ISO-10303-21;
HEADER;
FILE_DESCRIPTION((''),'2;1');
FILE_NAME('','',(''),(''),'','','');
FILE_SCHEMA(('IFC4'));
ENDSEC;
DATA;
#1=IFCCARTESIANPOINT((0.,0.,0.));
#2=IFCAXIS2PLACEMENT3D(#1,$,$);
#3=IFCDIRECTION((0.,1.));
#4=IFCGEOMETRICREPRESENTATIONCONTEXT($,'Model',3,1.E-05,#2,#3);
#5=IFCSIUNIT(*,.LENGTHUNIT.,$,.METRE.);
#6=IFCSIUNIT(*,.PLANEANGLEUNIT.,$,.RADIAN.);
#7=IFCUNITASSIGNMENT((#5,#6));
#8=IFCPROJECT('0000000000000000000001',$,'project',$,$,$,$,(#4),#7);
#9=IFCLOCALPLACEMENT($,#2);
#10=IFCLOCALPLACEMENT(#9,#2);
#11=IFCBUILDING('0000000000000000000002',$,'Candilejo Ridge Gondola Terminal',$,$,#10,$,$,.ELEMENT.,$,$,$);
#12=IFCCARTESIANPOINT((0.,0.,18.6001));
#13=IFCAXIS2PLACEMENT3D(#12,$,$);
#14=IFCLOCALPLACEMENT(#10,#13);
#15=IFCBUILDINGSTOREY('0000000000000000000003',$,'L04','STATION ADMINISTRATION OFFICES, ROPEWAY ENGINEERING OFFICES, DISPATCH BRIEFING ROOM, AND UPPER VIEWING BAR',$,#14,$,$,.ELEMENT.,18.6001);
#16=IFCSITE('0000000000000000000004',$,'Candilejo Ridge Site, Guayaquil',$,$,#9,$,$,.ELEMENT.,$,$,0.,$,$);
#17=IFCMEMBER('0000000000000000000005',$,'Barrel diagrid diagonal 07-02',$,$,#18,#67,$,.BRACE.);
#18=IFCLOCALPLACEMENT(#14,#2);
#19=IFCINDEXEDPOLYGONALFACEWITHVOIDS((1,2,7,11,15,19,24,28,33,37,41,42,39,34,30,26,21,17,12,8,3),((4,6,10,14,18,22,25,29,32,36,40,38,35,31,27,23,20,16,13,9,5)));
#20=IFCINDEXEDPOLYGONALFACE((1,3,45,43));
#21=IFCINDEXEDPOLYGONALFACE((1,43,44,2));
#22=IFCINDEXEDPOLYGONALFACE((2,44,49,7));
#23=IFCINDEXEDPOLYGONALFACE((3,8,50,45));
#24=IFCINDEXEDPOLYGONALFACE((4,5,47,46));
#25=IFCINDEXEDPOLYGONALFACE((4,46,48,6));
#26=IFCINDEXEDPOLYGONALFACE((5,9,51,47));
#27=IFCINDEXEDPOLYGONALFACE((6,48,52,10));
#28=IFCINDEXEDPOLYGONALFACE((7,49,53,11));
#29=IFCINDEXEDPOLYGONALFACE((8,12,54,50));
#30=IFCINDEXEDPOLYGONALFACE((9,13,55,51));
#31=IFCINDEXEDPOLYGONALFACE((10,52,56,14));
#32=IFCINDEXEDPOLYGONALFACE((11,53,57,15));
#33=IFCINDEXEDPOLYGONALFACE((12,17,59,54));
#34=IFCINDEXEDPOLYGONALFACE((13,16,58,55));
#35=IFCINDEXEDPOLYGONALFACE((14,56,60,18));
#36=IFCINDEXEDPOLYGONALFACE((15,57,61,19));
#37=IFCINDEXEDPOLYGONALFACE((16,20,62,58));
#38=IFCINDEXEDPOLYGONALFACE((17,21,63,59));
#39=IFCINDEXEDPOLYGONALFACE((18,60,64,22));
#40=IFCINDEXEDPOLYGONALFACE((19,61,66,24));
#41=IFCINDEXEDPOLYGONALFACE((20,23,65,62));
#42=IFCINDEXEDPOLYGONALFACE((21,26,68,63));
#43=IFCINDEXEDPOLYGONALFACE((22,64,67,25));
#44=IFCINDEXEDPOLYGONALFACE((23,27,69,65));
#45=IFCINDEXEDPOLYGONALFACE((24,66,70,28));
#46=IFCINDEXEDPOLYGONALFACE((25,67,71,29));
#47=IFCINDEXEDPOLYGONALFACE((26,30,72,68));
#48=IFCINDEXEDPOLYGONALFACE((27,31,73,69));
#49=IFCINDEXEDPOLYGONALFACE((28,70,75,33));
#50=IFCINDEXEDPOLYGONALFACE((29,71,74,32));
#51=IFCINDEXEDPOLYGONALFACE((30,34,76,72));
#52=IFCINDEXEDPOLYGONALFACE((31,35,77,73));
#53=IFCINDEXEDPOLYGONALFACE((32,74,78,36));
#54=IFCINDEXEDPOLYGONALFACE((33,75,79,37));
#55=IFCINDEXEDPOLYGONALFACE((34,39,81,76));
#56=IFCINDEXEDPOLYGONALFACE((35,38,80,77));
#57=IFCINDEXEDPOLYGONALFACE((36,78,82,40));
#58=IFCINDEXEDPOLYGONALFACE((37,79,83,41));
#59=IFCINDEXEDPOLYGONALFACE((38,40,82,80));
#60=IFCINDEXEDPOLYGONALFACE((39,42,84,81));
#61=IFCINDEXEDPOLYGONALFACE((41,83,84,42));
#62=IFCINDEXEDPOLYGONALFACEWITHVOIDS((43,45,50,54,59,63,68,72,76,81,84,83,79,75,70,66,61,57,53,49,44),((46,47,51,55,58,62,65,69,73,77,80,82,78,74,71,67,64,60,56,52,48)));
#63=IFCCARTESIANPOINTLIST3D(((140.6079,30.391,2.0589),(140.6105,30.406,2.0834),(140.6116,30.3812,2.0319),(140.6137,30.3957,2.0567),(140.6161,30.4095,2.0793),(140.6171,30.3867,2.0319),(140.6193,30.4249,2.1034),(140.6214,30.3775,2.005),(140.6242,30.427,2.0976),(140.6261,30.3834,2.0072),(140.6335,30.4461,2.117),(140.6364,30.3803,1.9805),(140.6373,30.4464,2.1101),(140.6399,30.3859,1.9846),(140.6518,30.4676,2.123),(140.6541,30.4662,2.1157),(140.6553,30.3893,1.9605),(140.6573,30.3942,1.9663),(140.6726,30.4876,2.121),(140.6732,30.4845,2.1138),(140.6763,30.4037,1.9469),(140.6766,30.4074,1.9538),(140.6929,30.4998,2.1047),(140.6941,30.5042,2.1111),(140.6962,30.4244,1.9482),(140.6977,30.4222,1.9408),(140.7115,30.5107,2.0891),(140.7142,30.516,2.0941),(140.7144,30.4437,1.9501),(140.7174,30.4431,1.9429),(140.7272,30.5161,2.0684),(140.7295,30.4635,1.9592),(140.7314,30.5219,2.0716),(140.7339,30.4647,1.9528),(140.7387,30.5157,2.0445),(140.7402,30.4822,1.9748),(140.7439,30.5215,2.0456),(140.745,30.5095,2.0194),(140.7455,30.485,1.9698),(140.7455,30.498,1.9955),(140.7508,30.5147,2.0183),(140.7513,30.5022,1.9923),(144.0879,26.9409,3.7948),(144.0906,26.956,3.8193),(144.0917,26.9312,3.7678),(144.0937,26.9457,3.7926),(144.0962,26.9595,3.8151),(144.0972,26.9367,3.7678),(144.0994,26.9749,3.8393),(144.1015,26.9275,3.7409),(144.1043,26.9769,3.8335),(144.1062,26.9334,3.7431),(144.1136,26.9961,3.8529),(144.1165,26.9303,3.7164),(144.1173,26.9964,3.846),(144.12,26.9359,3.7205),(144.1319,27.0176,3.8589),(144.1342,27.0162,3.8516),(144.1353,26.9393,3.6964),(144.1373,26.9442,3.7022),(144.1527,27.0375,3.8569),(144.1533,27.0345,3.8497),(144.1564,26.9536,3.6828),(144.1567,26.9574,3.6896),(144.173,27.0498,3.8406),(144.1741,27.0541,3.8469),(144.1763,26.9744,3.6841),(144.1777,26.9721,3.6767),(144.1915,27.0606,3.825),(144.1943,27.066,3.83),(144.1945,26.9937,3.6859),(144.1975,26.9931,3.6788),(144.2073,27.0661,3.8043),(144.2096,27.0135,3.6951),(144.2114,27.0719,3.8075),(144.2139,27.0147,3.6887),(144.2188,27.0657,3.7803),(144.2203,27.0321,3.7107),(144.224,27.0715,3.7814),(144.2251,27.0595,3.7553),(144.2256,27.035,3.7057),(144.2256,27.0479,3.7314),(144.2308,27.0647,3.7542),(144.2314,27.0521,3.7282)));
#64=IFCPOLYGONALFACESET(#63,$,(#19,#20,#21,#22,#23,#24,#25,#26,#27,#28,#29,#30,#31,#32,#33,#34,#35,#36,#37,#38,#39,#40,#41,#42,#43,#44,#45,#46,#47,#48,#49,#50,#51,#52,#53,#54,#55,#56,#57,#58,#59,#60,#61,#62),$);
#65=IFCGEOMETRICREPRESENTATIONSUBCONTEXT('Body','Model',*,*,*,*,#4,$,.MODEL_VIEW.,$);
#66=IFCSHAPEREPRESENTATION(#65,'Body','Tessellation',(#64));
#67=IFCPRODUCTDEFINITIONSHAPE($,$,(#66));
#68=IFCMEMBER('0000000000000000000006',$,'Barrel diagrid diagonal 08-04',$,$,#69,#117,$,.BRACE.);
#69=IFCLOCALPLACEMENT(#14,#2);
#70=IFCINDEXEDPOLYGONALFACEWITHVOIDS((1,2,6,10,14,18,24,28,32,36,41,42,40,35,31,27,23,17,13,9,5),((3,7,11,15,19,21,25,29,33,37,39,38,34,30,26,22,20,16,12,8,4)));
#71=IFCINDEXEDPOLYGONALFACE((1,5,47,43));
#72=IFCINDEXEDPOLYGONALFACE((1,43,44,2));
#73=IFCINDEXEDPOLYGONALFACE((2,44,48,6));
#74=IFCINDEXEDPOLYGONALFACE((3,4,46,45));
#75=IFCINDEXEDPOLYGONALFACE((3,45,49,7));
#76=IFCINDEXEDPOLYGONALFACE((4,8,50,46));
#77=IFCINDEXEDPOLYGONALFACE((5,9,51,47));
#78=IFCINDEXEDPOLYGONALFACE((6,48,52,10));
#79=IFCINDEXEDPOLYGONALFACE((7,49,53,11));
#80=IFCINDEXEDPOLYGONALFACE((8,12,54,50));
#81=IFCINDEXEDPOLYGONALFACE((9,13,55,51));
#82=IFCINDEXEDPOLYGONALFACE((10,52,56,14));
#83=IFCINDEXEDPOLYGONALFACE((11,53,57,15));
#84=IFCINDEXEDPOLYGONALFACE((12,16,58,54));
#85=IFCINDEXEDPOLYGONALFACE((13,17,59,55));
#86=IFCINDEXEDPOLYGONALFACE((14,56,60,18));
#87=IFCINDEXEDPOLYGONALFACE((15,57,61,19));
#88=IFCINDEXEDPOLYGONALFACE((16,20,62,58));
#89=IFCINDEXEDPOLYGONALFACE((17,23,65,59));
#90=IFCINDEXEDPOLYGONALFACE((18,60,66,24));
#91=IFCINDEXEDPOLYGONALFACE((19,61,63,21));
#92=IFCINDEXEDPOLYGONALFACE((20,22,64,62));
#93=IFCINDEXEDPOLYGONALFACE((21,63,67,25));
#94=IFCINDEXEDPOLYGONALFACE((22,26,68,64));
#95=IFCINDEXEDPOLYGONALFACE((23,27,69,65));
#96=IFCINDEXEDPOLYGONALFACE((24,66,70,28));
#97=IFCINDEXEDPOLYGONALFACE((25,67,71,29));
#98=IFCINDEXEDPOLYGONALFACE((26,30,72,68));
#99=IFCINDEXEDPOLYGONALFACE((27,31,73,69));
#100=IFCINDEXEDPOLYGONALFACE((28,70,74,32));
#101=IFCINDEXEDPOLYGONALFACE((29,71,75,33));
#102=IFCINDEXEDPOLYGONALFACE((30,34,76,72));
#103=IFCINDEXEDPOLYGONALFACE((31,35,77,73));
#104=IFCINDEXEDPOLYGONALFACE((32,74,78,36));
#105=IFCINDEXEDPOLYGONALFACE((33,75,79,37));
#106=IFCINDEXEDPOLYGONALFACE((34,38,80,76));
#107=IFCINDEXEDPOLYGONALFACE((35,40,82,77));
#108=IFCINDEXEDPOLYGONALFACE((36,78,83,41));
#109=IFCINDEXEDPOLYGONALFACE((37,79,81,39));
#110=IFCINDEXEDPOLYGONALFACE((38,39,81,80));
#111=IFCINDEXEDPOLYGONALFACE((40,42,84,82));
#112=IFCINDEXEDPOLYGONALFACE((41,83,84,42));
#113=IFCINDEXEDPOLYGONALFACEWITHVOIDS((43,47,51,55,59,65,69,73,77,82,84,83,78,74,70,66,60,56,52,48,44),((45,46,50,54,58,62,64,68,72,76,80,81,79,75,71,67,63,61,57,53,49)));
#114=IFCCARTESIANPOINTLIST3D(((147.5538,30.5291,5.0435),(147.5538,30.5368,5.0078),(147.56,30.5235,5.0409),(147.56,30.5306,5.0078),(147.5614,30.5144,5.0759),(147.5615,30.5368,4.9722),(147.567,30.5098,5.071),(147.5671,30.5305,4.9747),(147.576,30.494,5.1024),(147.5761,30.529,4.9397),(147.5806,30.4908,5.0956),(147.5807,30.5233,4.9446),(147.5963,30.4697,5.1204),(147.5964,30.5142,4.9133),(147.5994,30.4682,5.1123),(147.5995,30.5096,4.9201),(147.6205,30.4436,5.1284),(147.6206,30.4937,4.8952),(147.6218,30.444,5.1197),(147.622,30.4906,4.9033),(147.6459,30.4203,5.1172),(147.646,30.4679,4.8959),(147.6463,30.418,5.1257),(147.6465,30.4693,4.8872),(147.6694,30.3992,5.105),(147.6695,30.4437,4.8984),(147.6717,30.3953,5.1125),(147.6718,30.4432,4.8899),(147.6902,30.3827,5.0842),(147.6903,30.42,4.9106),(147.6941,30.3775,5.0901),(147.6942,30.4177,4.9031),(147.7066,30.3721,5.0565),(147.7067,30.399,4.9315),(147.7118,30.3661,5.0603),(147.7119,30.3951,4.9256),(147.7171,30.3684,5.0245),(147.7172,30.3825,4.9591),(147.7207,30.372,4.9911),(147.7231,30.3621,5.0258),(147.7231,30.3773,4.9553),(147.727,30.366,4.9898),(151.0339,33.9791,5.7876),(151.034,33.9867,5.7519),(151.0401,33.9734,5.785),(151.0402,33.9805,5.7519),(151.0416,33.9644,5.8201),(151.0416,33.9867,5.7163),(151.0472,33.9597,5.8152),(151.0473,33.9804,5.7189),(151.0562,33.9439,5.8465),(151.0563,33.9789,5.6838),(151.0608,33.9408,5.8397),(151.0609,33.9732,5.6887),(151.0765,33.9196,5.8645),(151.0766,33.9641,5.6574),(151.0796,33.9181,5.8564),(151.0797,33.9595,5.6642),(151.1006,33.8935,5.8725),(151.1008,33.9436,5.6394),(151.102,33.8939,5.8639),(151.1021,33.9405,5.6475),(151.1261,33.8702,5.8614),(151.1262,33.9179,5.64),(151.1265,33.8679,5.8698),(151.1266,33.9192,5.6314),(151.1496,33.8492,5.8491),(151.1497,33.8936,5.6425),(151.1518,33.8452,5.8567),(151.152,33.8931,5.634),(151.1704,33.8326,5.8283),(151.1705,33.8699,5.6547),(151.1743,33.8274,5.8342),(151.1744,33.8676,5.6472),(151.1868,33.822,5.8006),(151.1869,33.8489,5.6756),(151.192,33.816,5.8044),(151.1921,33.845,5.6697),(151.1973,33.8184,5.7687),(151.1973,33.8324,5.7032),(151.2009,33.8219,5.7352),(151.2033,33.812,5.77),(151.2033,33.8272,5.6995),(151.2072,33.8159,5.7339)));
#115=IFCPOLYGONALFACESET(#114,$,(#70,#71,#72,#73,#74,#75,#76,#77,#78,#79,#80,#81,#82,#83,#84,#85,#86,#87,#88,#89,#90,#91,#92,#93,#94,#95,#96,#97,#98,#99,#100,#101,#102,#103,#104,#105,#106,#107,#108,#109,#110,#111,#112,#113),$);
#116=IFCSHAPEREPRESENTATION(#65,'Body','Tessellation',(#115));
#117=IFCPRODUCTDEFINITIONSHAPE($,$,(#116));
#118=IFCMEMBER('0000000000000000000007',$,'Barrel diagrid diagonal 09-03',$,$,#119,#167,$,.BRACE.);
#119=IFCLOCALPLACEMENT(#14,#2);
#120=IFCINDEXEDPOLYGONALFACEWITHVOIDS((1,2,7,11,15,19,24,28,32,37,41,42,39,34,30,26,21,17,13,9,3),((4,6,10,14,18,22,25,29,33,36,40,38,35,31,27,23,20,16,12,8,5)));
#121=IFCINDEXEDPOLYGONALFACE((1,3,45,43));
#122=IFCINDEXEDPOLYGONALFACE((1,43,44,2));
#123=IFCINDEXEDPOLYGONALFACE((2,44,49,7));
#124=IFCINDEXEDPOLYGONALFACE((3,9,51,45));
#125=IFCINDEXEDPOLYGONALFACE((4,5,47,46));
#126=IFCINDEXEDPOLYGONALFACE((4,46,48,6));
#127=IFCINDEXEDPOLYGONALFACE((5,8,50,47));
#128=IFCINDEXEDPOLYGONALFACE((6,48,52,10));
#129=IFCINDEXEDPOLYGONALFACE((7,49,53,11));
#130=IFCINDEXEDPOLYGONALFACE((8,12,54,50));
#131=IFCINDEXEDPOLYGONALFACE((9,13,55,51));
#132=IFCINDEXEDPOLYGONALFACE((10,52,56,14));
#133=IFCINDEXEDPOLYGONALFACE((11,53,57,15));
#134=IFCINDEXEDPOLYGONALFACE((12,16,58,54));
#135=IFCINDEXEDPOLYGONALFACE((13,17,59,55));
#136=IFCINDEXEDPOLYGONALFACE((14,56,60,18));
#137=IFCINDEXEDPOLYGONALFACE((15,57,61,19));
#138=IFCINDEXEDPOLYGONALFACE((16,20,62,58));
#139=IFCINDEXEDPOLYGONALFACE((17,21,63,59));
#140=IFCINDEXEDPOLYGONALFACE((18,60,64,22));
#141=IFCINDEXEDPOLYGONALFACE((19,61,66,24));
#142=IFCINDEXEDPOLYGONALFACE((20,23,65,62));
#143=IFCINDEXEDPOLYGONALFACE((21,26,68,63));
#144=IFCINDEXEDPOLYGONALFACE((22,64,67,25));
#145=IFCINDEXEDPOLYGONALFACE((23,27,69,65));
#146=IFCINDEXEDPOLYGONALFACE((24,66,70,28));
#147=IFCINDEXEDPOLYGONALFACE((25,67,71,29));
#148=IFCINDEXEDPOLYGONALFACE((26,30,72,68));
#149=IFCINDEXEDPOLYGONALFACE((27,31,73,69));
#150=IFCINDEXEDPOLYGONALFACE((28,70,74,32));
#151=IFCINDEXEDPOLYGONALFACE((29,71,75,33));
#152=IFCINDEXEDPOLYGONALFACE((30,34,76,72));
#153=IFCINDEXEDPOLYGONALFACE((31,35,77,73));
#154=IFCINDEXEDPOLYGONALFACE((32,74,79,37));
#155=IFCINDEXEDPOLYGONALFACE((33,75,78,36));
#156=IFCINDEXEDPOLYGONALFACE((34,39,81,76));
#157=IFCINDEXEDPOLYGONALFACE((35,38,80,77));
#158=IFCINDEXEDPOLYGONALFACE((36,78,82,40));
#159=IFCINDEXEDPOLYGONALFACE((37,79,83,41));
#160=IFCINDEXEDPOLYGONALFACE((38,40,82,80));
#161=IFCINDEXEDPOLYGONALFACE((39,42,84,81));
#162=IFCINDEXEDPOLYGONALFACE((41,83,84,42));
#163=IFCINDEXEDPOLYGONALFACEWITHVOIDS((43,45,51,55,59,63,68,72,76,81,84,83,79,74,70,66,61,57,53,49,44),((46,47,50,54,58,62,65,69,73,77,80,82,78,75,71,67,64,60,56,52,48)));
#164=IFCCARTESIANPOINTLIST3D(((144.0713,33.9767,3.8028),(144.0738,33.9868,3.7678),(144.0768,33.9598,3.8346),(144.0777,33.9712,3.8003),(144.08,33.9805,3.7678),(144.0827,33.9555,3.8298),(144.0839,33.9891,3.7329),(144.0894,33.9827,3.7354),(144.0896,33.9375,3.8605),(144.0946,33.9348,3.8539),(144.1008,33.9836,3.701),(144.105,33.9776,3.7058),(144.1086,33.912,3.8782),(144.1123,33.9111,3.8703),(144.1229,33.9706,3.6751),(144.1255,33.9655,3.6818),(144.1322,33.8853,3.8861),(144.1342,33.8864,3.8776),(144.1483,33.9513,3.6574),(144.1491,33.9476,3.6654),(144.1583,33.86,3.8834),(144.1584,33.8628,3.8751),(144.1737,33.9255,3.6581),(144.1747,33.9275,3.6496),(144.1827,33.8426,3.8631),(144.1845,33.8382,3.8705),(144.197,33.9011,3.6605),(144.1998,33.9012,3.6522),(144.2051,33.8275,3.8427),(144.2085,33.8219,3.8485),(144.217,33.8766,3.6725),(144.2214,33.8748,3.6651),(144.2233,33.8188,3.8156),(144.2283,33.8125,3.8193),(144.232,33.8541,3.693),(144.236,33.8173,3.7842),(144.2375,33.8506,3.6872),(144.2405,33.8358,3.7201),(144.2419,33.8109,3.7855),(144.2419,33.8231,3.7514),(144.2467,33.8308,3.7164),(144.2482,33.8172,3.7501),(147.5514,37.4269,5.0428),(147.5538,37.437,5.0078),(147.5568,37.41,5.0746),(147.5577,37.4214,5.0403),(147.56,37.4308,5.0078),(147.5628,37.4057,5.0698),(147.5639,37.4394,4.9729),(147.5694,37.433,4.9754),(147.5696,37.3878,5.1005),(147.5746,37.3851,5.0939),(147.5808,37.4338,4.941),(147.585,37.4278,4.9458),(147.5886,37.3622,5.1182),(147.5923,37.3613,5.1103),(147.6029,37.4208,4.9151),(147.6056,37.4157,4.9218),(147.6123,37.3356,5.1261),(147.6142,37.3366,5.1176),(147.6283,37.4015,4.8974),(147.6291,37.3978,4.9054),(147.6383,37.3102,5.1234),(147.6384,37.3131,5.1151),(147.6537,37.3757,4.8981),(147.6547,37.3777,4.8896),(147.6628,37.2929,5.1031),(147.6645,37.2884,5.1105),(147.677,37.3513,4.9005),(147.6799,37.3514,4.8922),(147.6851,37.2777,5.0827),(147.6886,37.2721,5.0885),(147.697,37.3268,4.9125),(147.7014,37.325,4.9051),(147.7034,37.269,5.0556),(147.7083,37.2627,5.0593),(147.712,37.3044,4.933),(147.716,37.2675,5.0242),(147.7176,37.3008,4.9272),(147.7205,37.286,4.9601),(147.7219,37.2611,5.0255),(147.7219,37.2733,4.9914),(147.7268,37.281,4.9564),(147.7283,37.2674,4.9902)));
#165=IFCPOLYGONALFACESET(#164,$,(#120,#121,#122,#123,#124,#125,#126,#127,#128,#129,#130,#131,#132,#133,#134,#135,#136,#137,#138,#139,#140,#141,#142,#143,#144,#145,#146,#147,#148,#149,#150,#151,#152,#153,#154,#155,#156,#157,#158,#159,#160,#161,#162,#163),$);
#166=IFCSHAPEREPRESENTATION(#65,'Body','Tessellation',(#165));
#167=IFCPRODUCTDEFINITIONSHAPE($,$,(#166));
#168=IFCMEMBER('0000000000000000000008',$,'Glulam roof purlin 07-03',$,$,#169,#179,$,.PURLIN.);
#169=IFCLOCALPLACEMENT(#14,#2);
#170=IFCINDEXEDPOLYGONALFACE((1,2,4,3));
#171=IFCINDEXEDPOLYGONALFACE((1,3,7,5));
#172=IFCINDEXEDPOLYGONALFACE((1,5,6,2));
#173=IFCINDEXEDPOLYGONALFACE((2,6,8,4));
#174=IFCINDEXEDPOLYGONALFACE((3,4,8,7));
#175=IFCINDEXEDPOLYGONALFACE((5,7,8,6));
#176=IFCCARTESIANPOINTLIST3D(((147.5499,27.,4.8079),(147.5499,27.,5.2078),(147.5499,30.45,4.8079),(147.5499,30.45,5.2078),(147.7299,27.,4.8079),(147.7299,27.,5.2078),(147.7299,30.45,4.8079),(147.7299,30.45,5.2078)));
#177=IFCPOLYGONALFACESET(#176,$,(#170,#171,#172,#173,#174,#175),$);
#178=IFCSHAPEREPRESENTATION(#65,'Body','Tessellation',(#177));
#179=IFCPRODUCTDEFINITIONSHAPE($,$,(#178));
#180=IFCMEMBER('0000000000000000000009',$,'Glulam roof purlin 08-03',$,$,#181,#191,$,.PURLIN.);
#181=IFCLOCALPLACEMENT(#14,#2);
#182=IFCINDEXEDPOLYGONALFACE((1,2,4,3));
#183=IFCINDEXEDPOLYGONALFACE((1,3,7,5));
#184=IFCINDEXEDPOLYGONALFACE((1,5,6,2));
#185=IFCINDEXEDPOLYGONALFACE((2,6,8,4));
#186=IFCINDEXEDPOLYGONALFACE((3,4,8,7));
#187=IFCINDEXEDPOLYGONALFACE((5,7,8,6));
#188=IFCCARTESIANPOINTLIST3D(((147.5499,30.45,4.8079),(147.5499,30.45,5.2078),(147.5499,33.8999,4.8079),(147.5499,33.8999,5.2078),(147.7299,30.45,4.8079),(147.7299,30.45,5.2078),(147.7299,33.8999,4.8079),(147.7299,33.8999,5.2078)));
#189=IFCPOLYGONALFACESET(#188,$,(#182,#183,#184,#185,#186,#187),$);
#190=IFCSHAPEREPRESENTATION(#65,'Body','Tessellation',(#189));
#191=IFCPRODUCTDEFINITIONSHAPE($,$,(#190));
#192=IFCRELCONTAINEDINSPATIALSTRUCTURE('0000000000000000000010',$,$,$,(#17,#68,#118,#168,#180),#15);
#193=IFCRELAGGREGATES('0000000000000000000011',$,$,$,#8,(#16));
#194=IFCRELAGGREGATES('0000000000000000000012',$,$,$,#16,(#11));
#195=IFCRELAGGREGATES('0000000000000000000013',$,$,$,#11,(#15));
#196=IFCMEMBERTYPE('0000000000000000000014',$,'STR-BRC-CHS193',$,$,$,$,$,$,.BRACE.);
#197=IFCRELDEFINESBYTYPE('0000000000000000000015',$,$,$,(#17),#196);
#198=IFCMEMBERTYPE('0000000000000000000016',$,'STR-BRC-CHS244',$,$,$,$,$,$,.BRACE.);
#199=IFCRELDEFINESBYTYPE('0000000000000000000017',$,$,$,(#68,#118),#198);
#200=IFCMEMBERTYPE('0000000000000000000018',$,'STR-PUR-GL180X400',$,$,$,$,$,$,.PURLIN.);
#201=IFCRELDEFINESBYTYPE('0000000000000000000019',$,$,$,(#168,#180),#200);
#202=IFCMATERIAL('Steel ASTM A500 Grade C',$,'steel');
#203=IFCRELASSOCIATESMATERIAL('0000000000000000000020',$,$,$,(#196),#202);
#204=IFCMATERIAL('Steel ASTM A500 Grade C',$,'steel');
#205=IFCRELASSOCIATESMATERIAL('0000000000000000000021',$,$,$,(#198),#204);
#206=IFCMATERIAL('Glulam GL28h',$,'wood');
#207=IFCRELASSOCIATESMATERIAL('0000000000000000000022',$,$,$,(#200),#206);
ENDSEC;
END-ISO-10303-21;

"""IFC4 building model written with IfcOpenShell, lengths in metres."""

from ifc_helpers import new_model, si_unit, direction, frame, origin, origin_2d, place, context, subcontext, project, spatial, rectangle, hollow_circle, extrude, material, material_profile, profile_set, type_object, element, save


model = new_model("IFC4")

# Units and contexts
model_context = context("Model", 3, precision=1e-05, world=origin(), true_north=direction((0.0, 1.0)))
body_context = subcontext(model_context, "Body", "Model", "MODEL_VIEW")
ifc_project = project(units=[si_unit("LENGTHUNIT", "METRE"), si_unit("PLANEANGLEUNIT", "RADIAN")], contexts=[model_context])

# Site, building, storey
site_placement = place(None, origin())
site = spatial("IfcSite", under=ifc_project, at=site_placement, Name="Candilejo Ridge Site, Guayaquil", CompositionType="ELEMENT", RefElevation=0.0)
building_placement = place(site_placement, origin())
building = spatial("IfcBuilding", under=site, at=building_placement, Name="Candilejo Ridge Gondola Terminal", CompositionType="ELEMENT")
storey_placement = place(building_placement, frame((0.0, 0.0, 18.6001)))
storey = spatial("IfcBuildingStorey", under=building, at=storey_placement, Name="L04", Description="STATION ADMINISTRATION OFFICES, ROPEWAY ENGINEERING OFFICES, DISPATCH BRIEFING ROOM, AND UPPER VIEWING BAR", CompositionType="ELEMENT", Elevation=18.6001)

# Members
ifc_material_1 = material(Name="Steel ASTM A500 Grade C", Category="steel")
ifc_material_profile_1 = material_profile(ifc_material_1, hollow_circle(Radius=0.0969, WallThickness=0.0078, at=origin_2d()))
ifc_profile_set_1 = profile_set([ifc_material_profile_1], Name="Steel ASTM A500 Grade C")
member_type_1 = type_object("IfcMemberType", Name="STR-BRC-CHS193", PredefinedType="BRACE", material=ifc_profile_set_1)
member_1_placement = place(storey_placement, frame((144.1599, 27.0, 3.7678), z_axis=(-0.669406, 0.663629, -0.333904), x_axis=(-0.704036, -0.710164, 0.0)))
element("IfcMember", 1, at=member_1_placement, inside=storey, type_object=member_type_1, Name="Barrel diagrid diagonal 07-02", PredefinedType="BRACE", context=body_context, shape_type="SweptSolid", body=[
    extrude(hollow_circle(Radius=0.0969, WallThickness=0.0078, at=origin_2d()), origin(), (0.0, 0.0, 1.0), 5.1987),
])
ifc_material_2 = material(Name="Steel ASTM A500 Grade C", Category="steel")
ifc_material_profile_2 = material_profile(ifc_material_2, hollow_circle(Radius=0.1223, WallThickness=0.0088, at=origin_2d()))
ifc_profile_set_2 = profile_set([ifc_material_profile_2], Name="Steel ASTM A500 Grade C")
member_type_2 = type_object("IfcMemberType", Name="STR-BRC-CHS244", PredefinedType="BRACE", material=ifc_profile_set_2)
member_2_placement = place(storey_placement, frame((147.6399, 30.45, 5.0078), z_axis=(0.70214, 0.696032, 0.150131), x_axis=(-0.704011, 0.710189, 0.0)))
element("IfcMember", 2, at=member_2_placement, inside=storey, type_object=member_type_2, Name="Barrel diagrid diagonal 08-04", PredefinedType="BRACE", context=body_context, shape_type="SweptSolid", body=[
    extrude(hollow_circle(Radius=0.1223, WallThickness=0.0088, at=origin_2d()), origin(), (0.0, 0.0, 1.0), 4.9565),
])
member_3_placement = place(storey_placement, frame((144.1599, 33.8999, 3.7678), z_axis=(0.688441, 0.682549, 0.245306), x_axis=(-0.704061, 0.710139, 0.0)))
element("IfcMember", 3, at=member_3_placement, inside=storey, type_object=member_type_2, Name="Barrel diagrid diagonal 09-03", PredefinedType="BRACE", context=body_context, shape_type="SweptSolid", body=[
    extrude(hollow_circle(Radius=0.1223, WallThickness=0.0088, at=origin_2d()), origin(), (0.0, 0.0, 1.0), 5.0549),
])
ifc_material_3 = material(Name="Glulam GL28h", Category="wood")
ifc_material_profile_3 = material_profile(ifc_material_3, rectangle(XDim=0.1799, YDim=0.3999, at=origin_2d()))
ifc_profile_set_3 = profile_set([ifc_material_profile_3], Name="Glulam GL28h")
member_type_3 = type_object("IfcMemberType", Name="STR-PUR-GL180X400", PredefinedType="PURLIN", material=ifc_profile_set_3)
for number, where, z_axis, x_axis, name in (
    (4, (147.6399, 27.0, 5.0078), (0.0, 1.0, 0.0), (-1.0, 0.0, 0.0), "Glulam roof purlin 07-03"),
    (5, (147.6399, 30.45, 5.0078), (0.0, 1.0, 0.0), (-1.0, 0.0, 0.0), "Glulam roof purlin 08-03"),
):
    element("IfcMember", number, at=place(storey_placement, frame(where, z_axis=z_axis, x_axis=x_axis)), inside=storey, type_object=member_type_3, Name=name, PredefinedType="PURLIN", context=body_context, shape_type="SweptSolid", body=[
        extrude(rectangle(XDim=0.1799, YDim=0.3999, at=origin_2d()), origin(), (0.0, 0.0, 1.0), 3.45),
    ])

save(model, "model.ifc")
